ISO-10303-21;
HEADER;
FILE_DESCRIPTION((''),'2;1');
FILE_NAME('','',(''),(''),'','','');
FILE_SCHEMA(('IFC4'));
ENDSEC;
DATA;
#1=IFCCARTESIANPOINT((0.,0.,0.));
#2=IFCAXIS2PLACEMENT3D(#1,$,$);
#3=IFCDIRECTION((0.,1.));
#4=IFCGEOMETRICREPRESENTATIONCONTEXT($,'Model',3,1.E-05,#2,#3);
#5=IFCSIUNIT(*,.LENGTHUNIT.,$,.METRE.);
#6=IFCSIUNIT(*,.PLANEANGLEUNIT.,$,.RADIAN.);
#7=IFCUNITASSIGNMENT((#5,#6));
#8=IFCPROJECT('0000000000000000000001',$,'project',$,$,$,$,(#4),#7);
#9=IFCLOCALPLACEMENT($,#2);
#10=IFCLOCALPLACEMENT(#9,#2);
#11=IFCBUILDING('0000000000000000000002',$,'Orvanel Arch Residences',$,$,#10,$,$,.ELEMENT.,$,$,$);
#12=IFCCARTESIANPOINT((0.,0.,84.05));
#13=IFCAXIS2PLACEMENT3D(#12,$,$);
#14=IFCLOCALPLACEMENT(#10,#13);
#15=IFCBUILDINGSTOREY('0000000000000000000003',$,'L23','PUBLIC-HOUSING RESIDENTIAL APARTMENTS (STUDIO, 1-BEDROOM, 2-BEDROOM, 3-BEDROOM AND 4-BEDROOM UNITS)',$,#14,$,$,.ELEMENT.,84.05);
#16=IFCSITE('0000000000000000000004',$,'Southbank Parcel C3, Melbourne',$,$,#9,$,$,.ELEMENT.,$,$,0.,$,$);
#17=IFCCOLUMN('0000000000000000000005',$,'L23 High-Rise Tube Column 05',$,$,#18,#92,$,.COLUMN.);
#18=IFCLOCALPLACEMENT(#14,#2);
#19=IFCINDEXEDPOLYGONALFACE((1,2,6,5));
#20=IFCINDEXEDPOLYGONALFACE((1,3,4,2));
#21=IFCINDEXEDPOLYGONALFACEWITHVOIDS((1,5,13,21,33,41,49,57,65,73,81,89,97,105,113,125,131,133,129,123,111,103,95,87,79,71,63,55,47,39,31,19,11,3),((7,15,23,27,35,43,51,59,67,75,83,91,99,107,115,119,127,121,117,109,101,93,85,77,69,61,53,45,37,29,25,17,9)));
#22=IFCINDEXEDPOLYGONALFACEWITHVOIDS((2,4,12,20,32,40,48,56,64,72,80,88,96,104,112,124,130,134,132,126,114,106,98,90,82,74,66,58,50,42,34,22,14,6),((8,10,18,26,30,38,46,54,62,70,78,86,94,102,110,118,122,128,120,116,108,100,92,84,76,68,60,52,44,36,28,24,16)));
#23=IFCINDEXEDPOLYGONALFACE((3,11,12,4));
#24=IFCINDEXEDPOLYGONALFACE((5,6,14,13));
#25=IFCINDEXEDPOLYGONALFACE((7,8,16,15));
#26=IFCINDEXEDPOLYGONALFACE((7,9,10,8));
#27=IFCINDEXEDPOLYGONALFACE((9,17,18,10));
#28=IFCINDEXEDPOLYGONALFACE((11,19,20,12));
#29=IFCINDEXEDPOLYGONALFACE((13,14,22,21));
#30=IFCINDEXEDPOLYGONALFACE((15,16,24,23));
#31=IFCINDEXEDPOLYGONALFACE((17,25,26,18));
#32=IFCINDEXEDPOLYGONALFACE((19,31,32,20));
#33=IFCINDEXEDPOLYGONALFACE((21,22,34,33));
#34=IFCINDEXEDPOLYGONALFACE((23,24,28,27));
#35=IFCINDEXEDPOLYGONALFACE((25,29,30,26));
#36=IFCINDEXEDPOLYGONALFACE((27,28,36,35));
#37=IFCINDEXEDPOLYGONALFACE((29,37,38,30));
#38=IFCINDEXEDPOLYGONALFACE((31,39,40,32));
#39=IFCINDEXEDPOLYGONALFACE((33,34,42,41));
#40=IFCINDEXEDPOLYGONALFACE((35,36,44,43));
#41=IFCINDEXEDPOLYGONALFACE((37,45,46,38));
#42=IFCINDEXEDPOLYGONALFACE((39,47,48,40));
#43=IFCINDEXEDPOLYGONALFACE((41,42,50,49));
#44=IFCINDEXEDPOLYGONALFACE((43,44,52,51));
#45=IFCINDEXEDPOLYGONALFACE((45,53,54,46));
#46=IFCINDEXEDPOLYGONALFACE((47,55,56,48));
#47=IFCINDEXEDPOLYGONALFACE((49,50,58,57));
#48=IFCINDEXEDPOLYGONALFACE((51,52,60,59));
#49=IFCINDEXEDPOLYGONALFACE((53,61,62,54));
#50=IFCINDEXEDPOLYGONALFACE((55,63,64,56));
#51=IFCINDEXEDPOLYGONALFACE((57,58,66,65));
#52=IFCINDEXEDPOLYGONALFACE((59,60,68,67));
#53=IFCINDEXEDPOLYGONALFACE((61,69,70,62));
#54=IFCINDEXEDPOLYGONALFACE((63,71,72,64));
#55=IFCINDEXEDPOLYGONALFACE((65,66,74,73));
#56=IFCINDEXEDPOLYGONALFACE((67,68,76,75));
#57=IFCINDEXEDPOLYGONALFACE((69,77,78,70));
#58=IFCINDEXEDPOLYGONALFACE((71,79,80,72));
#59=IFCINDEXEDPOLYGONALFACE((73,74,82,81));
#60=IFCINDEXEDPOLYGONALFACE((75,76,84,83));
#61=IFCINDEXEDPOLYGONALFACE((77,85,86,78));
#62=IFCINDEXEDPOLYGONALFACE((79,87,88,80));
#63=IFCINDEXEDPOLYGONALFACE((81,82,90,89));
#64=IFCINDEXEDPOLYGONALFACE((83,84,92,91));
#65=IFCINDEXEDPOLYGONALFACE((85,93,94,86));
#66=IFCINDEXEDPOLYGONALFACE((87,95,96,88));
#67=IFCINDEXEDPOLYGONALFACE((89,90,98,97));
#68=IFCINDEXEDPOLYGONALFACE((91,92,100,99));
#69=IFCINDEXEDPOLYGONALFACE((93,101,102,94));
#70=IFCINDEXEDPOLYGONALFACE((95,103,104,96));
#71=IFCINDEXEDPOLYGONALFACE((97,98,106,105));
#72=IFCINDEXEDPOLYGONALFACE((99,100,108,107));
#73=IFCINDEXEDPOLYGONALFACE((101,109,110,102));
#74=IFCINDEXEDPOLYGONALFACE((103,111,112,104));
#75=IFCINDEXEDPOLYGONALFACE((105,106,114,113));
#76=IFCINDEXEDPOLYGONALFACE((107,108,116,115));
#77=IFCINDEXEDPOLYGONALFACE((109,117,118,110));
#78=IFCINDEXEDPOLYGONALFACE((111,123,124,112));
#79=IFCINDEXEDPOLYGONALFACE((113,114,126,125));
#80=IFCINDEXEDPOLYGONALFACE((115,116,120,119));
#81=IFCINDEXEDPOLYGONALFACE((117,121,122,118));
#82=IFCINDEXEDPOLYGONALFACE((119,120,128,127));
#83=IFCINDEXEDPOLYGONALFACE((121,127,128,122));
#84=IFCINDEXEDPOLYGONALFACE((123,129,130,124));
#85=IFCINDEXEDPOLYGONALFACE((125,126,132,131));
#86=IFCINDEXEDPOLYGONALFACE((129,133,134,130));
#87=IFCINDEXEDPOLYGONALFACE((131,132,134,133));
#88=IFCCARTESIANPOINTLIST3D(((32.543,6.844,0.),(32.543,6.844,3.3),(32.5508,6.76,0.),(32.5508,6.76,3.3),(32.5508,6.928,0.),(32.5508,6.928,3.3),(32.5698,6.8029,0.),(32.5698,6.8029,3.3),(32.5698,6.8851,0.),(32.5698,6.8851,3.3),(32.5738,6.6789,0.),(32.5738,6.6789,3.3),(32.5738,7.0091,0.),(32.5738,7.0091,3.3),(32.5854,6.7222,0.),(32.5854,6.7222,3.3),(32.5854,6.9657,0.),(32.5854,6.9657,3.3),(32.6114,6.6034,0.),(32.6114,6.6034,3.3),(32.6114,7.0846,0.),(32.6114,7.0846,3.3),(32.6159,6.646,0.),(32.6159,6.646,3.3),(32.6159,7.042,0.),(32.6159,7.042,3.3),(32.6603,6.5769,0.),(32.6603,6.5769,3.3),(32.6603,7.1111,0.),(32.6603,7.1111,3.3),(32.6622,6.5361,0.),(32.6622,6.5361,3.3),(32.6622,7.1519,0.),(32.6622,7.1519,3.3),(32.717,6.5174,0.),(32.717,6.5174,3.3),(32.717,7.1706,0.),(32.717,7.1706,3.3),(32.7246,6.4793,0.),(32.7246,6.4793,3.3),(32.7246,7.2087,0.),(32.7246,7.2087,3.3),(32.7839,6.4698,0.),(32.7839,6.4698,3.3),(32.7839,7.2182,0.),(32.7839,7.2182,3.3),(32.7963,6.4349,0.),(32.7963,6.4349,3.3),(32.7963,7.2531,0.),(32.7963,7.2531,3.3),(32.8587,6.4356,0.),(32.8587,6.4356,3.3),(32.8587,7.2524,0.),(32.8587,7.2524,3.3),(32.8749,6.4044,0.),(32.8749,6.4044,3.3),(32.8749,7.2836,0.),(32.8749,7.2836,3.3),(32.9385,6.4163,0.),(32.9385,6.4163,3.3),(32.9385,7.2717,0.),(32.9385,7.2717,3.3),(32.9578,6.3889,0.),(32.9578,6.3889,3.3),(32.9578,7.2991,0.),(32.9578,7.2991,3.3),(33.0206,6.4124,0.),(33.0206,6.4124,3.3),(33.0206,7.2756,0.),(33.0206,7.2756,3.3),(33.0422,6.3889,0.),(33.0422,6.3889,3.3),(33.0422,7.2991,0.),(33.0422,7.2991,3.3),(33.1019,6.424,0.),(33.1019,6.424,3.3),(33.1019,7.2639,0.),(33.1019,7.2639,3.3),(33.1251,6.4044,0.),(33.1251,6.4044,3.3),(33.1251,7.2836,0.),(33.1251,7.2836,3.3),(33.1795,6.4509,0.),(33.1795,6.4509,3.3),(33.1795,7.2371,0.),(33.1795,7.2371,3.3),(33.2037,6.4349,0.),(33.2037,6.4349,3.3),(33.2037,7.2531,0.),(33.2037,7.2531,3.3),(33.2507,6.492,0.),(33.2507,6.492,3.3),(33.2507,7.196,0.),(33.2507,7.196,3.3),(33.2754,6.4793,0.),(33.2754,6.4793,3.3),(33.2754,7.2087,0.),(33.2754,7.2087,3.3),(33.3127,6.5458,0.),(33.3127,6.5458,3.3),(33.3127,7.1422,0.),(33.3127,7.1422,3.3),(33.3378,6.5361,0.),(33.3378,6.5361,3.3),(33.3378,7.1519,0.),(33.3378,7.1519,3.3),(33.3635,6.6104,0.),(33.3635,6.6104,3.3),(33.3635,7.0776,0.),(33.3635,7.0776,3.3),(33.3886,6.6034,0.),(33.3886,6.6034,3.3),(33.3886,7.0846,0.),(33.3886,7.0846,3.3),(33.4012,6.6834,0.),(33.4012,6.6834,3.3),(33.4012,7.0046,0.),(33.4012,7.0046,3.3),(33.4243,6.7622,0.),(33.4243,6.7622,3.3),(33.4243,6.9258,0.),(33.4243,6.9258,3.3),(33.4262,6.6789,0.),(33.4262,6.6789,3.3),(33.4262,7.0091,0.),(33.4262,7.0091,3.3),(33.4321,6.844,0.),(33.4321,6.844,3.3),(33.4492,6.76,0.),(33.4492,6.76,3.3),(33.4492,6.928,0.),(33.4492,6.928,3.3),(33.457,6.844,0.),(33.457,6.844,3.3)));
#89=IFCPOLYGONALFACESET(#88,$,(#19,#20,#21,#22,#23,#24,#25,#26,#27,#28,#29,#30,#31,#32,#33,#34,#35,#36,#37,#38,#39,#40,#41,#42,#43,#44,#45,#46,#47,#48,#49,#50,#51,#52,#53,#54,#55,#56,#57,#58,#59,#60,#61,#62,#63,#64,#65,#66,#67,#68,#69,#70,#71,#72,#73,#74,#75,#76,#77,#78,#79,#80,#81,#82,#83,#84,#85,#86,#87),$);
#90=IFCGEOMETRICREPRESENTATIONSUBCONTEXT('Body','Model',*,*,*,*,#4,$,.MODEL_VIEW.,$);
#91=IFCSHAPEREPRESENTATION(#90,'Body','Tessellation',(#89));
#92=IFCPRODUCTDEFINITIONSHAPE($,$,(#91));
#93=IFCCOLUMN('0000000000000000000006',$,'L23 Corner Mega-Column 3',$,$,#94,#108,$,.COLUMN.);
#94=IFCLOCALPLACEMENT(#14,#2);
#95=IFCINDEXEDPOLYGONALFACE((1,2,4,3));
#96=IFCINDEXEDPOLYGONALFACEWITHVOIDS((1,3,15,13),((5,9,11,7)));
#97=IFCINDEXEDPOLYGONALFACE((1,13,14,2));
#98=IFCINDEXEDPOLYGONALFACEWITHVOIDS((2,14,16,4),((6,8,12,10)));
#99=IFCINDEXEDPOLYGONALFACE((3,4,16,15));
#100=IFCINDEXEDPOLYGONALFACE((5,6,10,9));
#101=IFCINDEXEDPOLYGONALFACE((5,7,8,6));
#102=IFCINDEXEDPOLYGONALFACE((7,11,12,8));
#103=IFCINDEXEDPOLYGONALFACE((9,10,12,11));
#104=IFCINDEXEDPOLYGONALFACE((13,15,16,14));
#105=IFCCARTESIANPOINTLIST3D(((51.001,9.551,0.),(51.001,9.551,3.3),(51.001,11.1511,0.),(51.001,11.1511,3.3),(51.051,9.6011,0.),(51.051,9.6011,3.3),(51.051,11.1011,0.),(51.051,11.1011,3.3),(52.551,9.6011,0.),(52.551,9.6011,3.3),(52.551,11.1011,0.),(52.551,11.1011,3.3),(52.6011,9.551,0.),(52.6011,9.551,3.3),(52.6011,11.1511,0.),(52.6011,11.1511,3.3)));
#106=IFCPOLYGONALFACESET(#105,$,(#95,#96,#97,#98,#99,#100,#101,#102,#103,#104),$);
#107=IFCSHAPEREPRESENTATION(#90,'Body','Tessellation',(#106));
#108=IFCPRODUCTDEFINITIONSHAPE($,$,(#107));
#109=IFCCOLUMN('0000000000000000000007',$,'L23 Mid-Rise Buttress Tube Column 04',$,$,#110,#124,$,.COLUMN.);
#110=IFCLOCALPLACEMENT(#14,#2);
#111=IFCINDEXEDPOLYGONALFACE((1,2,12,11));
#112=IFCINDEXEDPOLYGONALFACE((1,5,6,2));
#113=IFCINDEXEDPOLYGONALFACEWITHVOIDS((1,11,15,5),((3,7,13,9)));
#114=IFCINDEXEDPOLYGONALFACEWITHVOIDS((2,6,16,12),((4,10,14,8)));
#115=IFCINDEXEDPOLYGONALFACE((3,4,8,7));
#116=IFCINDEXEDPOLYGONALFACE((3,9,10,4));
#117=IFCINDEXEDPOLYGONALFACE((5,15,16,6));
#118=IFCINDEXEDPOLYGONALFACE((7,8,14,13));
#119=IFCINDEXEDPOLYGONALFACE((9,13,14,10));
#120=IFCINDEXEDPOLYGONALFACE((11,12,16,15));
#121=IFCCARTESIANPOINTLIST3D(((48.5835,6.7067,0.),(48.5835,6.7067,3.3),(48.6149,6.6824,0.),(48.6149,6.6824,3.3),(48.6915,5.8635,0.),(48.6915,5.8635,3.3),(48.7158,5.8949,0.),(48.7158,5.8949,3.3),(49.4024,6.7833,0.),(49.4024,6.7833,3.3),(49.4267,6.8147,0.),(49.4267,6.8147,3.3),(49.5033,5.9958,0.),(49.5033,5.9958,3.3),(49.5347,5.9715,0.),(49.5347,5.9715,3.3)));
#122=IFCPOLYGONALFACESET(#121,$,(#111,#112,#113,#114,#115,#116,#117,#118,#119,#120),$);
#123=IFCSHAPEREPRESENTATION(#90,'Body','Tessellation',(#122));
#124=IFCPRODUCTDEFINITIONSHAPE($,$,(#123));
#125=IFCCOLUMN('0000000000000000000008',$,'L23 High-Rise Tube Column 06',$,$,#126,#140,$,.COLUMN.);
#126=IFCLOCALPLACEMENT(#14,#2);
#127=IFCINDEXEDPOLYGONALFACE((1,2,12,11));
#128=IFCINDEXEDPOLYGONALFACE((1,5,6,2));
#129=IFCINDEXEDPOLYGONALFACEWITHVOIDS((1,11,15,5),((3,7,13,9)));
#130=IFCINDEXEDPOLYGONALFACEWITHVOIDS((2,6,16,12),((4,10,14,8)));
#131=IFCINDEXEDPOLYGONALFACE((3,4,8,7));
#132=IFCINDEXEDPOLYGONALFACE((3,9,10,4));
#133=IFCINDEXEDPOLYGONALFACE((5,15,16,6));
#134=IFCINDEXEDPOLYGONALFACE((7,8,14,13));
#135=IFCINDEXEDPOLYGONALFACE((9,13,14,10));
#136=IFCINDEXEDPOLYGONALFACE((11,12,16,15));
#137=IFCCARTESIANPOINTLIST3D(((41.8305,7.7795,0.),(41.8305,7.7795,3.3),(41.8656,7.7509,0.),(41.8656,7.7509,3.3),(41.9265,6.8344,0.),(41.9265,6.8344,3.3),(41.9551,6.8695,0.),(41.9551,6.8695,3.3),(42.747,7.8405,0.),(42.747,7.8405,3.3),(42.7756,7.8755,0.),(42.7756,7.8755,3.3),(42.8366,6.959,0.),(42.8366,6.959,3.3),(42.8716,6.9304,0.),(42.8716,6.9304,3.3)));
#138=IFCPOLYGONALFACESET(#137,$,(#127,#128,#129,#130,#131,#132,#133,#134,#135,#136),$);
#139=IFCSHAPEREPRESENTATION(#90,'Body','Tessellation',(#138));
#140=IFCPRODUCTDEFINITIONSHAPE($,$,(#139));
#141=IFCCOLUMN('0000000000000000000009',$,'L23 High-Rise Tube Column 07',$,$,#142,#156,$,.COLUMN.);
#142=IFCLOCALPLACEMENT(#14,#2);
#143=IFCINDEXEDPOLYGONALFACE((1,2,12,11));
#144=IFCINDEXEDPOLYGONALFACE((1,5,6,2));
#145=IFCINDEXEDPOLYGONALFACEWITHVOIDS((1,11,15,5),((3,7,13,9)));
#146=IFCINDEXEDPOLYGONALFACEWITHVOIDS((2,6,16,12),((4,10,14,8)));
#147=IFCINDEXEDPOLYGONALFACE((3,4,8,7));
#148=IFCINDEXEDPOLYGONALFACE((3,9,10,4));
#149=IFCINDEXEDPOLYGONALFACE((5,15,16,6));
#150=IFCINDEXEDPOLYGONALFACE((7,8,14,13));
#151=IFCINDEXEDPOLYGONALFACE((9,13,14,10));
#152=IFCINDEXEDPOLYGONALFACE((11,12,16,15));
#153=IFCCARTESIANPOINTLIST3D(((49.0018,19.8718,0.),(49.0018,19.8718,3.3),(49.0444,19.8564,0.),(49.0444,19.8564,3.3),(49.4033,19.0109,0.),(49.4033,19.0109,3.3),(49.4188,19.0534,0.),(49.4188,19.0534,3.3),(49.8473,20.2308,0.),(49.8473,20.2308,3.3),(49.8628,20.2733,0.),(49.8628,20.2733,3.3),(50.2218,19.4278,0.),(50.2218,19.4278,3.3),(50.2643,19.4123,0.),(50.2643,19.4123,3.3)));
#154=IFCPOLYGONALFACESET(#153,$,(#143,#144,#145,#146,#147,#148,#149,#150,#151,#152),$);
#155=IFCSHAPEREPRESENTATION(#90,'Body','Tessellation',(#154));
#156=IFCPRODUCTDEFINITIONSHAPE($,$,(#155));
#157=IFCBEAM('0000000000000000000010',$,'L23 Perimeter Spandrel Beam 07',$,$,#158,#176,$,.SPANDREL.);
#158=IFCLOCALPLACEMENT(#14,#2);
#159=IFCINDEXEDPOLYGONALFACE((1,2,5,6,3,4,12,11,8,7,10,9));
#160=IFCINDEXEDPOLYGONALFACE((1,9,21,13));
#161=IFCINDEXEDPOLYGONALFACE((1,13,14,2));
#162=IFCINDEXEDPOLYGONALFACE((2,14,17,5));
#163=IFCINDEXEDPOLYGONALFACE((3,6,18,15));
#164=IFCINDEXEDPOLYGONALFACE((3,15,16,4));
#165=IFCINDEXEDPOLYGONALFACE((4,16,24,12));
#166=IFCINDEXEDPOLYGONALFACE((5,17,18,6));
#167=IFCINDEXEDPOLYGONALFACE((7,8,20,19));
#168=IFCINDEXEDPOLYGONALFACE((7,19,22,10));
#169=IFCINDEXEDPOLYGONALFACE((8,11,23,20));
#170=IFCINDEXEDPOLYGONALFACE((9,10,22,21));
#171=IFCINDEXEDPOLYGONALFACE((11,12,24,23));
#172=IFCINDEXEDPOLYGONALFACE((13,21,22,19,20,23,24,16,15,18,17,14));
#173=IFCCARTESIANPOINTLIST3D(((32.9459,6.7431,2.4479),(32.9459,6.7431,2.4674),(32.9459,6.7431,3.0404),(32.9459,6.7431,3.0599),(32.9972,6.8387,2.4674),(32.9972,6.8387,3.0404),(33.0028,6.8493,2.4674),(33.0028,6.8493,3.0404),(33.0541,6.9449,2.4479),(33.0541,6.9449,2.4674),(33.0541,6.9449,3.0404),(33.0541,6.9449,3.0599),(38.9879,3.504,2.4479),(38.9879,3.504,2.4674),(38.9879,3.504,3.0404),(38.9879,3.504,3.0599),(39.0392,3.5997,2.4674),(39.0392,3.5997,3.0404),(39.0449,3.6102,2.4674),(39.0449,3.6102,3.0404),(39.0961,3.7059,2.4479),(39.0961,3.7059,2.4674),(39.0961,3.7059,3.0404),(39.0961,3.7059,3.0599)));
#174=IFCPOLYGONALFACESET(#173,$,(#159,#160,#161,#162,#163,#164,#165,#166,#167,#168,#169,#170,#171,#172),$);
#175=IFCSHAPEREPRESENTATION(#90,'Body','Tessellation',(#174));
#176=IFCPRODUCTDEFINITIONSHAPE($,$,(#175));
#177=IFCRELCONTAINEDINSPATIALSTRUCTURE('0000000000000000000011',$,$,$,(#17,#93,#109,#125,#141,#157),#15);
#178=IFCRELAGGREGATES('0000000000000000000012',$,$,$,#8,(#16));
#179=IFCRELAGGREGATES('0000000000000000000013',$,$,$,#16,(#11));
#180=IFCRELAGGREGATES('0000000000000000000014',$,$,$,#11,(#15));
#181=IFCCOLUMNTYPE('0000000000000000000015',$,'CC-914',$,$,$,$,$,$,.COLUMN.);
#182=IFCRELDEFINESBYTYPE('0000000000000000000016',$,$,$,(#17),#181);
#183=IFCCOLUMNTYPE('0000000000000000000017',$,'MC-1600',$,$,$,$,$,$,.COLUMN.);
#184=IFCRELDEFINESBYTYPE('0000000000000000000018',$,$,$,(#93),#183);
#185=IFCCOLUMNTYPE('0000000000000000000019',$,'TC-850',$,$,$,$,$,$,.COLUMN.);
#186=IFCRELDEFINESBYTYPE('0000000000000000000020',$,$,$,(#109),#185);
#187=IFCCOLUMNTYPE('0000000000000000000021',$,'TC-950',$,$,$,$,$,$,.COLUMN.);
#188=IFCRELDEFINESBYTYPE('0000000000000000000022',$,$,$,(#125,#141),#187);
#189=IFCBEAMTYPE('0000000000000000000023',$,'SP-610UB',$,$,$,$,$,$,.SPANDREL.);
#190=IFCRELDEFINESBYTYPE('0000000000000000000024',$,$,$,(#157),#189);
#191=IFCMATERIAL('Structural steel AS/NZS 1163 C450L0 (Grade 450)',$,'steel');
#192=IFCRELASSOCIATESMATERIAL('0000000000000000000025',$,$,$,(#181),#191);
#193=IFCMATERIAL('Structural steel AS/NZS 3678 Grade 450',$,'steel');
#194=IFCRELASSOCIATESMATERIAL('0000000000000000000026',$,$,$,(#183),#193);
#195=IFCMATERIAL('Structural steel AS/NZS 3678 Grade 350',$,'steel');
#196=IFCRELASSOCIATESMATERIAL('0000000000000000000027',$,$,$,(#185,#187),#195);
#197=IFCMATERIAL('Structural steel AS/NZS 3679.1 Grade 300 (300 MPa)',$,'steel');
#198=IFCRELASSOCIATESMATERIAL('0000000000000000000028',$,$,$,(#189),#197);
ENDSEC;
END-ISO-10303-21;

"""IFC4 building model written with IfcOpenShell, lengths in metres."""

from ifc_helpers import new_model, si_unit, direction, frame, origin, origin_2d, place, context, subcontext, project, spatial, hollow_rectangle, hollow_circle, i_section, extrude, material, material_profile, profile_set, type_object, element, save


model = new_model("IFC4")

# Units and contexts
model_context = context("Model", 3, precision=1e-05, world=origin(), true_north=direction((0.0, 1.0)))
body_context = subcontext(model_context, "Body", "Model", "MODEL_VIEW")
ifc_project = project(units=[si_unit("LENGTHUNIT", "METRE"), si_unit("PLANEANGLEUNIT", "RADIAN")], contexts=[model_context])

# Site, building, storey
site_placement = place(None, origin())
site = spatial("IfcSite", under=ifc_project, at=site_placement, Name="Southbank Parcel C3, Melbourne", CompositionType="ELEMENT", RefElevation=0.0)
building_placement = place(site_placement, origin())
building = spatial("IfcBuilding", under=site, at=building_placement, Name="Orvanel Arch Residences", CompositionType="ELEMENT")
storey_placement = place(building_placement, frame((0.0, 0.0, 84.05)))
storey = spatial("IfcBuildingStorey", under=building, at=storey_placement, Name="L23", Description="PUBLIC-HOUSING RESIDENTIAL APARTMENTS (STUDIO, 1-BEDROOM, 2-BEDROOM, 3-BEDROOM AND 4-BEDROOM UNITS)", CompositionType="ELEMENT", Elevation=84.05)

# Columns
ifc_material_1 = material(Name="Structural steel AS/NZS 1163 C450L0 (Grade 450)", Category="steel")
ifc_material_profile_1 = material_profile(ifc_material_1, hollow_circle(Radius=0.457, WallThickness=0.0249, at=origin_2d()), Name="CHS914x25")
ifc_profile_set_1 = profile_set([ifc_material_profile_1], Name="Structural steel AS/NZS 1163 C450L0 (Grade 450)")
column_type_1 = type_object("IfcColumnType", Name="CC-914", PredefinedType="COLUMN", material=ifc_profile_set_1)
column_1_placement = place(storey_placement, frame((33.0, 6.844, 0.0), z_axis=(0.0, 0.0, 1.0), x_axis=(1.0, 0.0, 0.0)))
element("IfcColumn", 1, at=column_1_placement, inside=storey, type_object=column_type_1, Name="L23 High-Rise Tube Column 05", PredefinedType="COLUMN", context=body_context, shape_type="SweptSolid", body=[
    extrude(hollow_circle(Radius=0.457, WallThickness=0.0249, at=origin_2d()), origin(), (0.0, 0.0, 1.0), 3.3),
])
ifc_material_2 = material(Name="Structural steel AS/NZS 3678 Grade 450", Category="steel")
ifc_material_profile_2 = material_profile(ifc_material_2, hollow_rectangle(XDim=1.6001, YDim=1.6001, WallThickness=0.05, at=origin_2d()), Name="BOX1600x1600x50")
ifc_profile_set_2 = profile_set([ifc_material_profile_2], Name="Structural steel AS/NZS 3678 Grade 450")
column_type_2 = type_object("IfcColumnType", Name="MC-1600", PredefinedType="COLUMN", material=ifc_profile_set_2)
column_2_placement = place(storey_placement, frame((51.801, 10.3511, 0.0), z_axis=(0.0, 0.0, 1.0), x_axis=(1.0, 0.0, 0.0)))
element("IfcColumn", 2, at=column_2_placement, inside=storey, type_object=column_type_2, Name="L23 Corner Mega-Column 3", PredefinedType="COLUMN", context=body_context, shape_type="SweptSolid", body=[
    extrude(hollow_rectangle(XDim=1.6001, YDim=1.6001, WallThickness=0.05, at=origin_2d()), origin(), (0.0, 0.0, 1.0), 3.3),
])
ifc_material_3 = material(Name="Structural steel AS/NZS 3678 Grade 350", Category="steel")
ifc_material_profile_3 = material_profile(ifc_material_3, hollow_rectangle(XDim=0.8501, YDim=0.8501, WallThickness=0.0281, at=origin_2d()), Name="BOX850x850x28")
ifc_profile_set_3 = profile_set([ifc_material_profile_3], Name="Structural steel AS/NZS 3678 Grade 350")
column_type_3 = type_object("IfcColumnType", Name="TC-850", PredefinedType="COLUMN", material=ifc_profile_set_3)
column_3_placement = place(storey_placement, frame((49.0591, 6.3391, 0.0), z_axis=(0.0, 0.0, 1.0), x_axis=(0.991894, 0.127065, 0.0)))
element("IfcColumn", 3, at=column_3_placement, inside=storey, type_object=column_type_3, Name="L23 Mid-Rise Buttress Tube Column 04", PredefinedType="COLUMN", context=body_context, shape_type="SweptSolid", body=[
    extrude(hollow_rectangle(XDim=0.8501, YDim=0.8501, WallThickness=0.0281, at=origin_2d()), origin(), (0.0, 0.0, 1.0), 3.3),
])
ifc_material_profile_4 = material_profile(ifc_material_3, hollow_rectangle(XDim=0.95, YDim=0.95, WallThickness=0.032, at=origin_2d()), Name="BOX950x950x32")
ifc_profile_set_4 = profile_set([ifc_material_profile_4], Name="Structural steel AS/NZS 3678 Grade 350")
column_type_4 = type_object("IfcColumnType", Name="TC-950", PredefinedType="COLUMN", material=ifc_profile_set_4)
for number, where, z_axis, x_axis, name in (
    (4, (42.3511, 7.355, 0.0), (0.0, 0.0, 1.0), (0.994881, 0.101056, 0.0), "L23 High-Rise Tube Column 06"),
    (5, (49.6331, 19.6421, 0.0), (0.0, 0.0, 1.0), (-0.422618, 0.906308, 0.0), "L23 High-Rise Tube Column 07"),
):
    element("IfcColumn", number, at=place(storey_placement, frame(where, z_axis=z_axis, x_axis=x_axis)), inside=storey, type_object=column_type_4, Name=name, PredefinedType="COLUMN", context=body_context, shape_type="SweptSolid", body=[
        extrude(hollow_rectangle(XDim=0.95, YDim=0.95, WallThickness=0.032, at=origin_2d()), origin(), (0.0, 0.0, 1.0), 3.3),
    ])

# Beam
ifc_material_4 = material(Name="Structural steel AS/NZS 3679.1 Grade 300 (300 MPa)", Category="steel")
ifc_material_profile_5 = material_profile(ifc_material_4, i_section(OverallWidth=0.229, OverallDepth=0.6121, WebThickness=0.012, FlangeThickness=0.0195, at=origin_2d()), Name="610UB125")
ifc_profile_set_5 = profile_set([ifc_material_profile_5], Name="Structural steel AS/NZS 3679.1 Grade 300 (300 MPa)")
beam_type = type_object("IfcBeamType", Name="SP-610UB", PredefinedType="SPANDREL", material=ifc_profile_set_5)
beam_1_placement = place(storey_placement, frame((33.0, 6.844, 2.7539), z_axis=(0.881344, -0.472474, 0.0), x_axis=(0.472474, 0.881344, 0.0)))
element("IfcBeam", 6, at=beam_1_placement, inside=storey, type_object=beam_type, Name="L23 Perimeter Spandrel Beam 07", PredefinedType="SPANDREL", context=body_context, shape_type="SweptSolid", body=[
    extrude(i_section(OverallWidth=0.229, OverallDepth=0.6121, WebThickness=0.012, FlangeThickness=0.0195, at=origin_2d()), origin(), (0.0, 0.0, 1.0), 6.8555),
])

save(model, "model.ifc")
